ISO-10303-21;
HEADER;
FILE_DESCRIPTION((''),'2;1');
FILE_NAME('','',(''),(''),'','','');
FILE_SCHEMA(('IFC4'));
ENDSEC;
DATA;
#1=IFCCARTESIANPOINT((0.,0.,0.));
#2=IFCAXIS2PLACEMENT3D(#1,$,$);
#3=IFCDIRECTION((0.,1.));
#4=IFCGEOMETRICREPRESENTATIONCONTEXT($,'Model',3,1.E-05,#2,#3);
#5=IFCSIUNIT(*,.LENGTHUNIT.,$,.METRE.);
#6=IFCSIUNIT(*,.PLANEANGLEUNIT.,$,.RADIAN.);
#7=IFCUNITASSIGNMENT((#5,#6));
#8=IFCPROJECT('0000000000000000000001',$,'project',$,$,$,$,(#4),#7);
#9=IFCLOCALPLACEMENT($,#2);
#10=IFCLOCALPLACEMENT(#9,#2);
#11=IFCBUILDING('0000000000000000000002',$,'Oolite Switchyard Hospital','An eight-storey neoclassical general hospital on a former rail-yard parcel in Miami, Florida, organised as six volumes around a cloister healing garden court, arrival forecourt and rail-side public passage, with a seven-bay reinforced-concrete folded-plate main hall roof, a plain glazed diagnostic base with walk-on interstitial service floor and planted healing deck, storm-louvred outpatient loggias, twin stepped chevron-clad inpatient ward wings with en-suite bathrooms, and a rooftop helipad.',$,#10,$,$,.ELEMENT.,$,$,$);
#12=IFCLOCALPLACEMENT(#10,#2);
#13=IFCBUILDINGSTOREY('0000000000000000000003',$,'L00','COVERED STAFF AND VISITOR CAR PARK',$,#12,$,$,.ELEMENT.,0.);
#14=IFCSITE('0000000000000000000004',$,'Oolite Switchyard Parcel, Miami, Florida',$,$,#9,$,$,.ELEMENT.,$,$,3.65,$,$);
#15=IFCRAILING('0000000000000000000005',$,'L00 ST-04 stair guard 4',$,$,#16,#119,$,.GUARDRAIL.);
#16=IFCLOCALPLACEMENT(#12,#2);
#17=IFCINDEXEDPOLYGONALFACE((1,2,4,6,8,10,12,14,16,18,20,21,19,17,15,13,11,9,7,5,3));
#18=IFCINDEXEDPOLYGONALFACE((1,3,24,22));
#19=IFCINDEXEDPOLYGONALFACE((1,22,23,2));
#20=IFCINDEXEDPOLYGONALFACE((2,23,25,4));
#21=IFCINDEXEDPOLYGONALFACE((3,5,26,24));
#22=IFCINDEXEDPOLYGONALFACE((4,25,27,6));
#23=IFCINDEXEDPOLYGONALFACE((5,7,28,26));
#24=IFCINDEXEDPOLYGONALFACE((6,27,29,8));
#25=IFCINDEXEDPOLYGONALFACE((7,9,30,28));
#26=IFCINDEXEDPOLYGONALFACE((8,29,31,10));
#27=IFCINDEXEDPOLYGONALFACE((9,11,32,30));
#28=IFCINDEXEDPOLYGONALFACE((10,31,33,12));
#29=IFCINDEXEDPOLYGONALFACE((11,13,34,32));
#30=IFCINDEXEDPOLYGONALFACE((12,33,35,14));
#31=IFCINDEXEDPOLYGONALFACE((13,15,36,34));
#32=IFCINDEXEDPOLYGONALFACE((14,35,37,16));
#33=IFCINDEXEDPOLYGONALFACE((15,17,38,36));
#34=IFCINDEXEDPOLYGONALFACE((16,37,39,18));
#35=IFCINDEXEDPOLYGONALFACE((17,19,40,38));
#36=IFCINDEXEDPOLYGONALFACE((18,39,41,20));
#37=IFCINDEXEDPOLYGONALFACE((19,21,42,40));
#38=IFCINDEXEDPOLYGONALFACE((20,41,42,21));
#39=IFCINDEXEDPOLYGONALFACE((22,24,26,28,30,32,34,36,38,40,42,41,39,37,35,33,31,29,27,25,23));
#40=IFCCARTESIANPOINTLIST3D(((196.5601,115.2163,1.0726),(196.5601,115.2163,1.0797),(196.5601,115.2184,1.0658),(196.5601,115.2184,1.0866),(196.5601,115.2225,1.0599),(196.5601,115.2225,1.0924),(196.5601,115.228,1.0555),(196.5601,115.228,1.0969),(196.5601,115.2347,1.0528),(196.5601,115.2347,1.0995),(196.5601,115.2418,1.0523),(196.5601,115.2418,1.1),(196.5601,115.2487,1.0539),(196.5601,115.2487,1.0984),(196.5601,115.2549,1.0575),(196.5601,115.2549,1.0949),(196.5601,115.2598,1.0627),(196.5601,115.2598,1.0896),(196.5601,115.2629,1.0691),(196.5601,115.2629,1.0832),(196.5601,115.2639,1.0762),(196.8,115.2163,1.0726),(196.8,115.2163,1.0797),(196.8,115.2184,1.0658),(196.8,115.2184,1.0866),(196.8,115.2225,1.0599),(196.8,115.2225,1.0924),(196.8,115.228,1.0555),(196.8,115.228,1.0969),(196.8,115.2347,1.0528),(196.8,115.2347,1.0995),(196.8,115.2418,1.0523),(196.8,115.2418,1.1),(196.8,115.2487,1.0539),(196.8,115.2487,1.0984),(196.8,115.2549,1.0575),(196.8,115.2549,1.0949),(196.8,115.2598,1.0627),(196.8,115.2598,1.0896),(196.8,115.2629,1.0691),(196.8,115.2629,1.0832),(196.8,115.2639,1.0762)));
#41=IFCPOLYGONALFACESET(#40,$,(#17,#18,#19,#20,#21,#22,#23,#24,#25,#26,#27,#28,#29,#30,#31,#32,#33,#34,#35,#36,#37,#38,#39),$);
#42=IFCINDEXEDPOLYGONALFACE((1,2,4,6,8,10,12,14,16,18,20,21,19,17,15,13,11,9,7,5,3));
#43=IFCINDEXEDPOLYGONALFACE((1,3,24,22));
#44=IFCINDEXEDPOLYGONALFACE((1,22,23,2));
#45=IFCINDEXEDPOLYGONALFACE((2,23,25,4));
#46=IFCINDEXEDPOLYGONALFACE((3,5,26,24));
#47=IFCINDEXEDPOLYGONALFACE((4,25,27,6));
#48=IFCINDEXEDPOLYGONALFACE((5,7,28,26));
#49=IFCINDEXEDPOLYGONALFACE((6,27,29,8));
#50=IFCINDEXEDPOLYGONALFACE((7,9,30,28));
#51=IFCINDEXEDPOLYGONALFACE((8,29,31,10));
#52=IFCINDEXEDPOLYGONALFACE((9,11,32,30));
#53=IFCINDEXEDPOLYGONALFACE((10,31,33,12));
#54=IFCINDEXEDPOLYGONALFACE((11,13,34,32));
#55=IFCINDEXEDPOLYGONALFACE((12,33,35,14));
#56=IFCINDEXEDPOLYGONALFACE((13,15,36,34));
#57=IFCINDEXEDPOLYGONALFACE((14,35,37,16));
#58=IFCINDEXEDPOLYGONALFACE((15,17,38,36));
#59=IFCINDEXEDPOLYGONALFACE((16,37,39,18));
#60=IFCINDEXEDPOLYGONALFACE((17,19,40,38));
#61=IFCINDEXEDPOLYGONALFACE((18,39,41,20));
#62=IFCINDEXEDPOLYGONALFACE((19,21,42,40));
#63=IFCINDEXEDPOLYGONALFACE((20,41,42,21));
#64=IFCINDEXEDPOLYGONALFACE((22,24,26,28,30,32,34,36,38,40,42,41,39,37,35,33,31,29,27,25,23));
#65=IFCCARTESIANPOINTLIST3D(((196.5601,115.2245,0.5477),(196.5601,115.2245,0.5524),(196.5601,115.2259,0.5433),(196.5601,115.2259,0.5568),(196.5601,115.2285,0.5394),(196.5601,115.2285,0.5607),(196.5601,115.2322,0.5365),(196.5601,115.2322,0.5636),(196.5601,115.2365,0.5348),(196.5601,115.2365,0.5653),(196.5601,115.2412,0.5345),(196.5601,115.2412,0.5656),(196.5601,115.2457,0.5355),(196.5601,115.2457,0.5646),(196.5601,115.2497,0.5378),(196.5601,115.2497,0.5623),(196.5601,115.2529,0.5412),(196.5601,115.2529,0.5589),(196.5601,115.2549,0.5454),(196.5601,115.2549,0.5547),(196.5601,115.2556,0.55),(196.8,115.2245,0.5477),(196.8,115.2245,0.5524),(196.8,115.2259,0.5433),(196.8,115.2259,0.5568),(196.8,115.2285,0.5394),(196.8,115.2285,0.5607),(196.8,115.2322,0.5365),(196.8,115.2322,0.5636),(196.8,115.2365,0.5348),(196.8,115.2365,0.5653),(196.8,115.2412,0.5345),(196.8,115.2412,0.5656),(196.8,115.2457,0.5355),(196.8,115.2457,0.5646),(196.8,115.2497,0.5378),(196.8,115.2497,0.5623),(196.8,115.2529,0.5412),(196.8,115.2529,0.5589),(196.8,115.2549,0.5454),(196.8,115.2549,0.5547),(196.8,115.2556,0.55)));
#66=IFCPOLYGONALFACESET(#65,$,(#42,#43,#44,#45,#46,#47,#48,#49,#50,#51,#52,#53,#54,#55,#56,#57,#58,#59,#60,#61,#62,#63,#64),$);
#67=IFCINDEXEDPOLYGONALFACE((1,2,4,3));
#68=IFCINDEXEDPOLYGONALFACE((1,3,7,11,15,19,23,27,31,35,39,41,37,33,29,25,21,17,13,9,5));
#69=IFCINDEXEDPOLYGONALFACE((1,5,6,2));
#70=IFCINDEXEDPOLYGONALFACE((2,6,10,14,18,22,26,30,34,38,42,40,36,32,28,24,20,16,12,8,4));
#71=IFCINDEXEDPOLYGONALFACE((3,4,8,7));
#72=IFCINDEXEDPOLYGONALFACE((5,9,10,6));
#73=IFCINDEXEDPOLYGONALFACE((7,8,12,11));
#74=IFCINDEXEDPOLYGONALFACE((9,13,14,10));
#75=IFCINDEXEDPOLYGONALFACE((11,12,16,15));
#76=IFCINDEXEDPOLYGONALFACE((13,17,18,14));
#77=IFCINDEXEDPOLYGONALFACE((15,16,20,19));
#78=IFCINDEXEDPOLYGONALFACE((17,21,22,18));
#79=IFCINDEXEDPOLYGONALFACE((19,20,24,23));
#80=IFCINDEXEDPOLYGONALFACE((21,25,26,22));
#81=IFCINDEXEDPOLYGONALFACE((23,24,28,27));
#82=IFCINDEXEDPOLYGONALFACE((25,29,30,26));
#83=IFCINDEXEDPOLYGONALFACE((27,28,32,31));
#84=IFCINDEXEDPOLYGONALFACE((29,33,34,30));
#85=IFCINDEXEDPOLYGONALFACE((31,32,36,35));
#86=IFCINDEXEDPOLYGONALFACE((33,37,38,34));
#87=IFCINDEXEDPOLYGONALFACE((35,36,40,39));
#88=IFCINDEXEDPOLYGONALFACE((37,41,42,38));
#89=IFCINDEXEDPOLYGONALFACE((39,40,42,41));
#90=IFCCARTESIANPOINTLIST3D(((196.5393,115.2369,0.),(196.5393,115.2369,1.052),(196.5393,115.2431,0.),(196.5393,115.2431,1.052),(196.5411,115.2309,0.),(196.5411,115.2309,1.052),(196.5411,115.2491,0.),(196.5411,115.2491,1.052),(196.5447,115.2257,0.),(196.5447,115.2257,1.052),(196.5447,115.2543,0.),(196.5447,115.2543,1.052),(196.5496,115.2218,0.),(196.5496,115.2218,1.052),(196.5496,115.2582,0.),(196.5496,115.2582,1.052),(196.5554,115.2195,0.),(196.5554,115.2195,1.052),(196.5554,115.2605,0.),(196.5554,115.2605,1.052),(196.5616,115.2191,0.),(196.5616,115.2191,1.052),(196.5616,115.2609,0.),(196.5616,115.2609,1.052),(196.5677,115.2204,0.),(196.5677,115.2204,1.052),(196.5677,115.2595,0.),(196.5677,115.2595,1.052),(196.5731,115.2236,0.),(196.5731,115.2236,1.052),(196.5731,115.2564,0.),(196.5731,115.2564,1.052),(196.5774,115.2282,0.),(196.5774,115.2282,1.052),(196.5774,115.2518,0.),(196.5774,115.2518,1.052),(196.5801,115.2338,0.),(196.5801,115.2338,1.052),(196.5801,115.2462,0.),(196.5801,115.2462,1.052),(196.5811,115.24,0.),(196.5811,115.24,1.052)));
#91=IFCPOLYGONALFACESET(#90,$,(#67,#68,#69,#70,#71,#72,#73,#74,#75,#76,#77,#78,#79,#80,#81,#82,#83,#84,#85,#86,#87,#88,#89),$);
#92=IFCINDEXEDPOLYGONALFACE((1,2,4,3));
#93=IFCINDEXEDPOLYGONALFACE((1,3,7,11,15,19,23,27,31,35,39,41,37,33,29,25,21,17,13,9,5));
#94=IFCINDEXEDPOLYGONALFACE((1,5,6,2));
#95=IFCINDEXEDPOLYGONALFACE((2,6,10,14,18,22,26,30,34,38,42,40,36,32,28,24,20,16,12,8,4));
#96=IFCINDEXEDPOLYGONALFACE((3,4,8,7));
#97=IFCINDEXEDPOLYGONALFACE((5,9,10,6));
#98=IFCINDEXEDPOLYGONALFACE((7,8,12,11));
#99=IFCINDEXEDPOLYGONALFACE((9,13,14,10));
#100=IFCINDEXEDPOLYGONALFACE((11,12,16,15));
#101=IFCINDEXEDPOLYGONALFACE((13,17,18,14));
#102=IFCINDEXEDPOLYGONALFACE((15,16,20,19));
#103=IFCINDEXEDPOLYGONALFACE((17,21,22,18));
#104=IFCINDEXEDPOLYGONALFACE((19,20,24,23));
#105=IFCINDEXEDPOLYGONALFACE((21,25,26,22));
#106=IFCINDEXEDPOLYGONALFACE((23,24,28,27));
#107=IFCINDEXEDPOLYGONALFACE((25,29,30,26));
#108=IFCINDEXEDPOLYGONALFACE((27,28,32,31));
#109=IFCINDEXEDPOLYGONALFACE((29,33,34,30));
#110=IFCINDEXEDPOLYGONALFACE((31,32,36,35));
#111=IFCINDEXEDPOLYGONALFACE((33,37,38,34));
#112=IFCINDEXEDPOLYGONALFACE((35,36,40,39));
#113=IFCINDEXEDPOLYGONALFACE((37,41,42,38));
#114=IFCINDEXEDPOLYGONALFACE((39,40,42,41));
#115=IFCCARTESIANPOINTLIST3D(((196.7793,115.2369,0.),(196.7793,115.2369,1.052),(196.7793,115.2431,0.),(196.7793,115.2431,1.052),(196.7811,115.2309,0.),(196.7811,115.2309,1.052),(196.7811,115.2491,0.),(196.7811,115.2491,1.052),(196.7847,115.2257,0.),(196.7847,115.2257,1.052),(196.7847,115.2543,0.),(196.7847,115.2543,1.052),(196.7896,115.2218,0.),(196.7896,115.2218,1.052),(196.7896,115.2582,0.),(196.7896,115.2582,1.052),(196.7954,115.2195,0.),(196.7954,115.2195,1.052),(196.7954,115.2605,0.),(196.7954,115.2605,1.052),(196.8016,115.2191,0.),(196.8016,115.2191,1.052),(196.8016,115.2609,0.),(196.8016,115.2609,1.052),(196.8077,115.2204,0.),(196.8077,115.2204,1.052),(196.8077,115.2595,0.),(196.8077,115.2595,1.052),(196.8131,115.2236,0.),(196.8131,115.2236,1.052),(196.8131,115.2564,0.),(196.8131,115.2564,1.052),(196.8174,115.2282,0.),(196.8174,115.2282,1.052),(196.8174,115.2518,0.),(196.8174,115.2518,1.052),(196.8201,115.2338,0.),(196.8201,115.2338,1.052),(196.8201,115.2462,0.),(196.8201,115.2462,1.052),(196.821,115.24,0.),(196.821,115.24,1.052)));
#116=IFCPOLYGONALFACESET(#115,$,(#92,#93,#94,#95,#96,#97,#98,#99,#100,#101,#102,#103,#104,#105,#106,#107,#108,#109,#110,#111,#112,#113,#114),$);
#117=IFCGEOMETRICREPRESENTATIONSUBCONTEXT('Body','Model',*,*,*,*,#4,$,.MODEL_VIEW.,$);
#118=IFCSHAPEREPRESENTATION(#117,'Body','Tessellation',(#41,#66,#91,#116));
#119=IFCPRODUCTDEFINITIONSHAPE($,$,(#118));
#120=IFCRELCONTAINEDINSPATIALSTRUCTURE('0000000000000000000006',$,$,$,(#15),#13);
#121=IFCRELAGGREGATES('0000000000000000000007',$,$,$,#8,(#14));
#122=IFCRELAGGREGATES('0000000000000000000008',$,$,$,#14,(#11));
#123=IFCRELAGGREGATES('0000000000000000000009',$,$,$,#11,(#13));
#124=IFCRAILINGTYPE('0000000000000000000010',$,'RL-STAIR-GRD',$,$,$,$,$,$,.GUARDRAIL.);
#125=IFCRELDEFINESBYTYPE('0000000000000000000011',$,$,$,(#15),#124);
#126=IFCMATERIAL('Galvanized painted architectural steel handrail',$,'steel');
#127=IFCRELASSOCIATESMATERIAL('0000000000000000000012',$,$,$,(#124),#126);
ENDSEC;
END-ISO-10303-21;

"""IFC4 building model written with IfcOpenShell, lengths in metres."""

from ifc_helpers import new_model, si_unit, direction, frame, origin, origin_2d, place, context, subcontext, project, spatial, circle, extrude, material, type_object, element, save


model = new_model("IFC4")

# Units and contexts
model_context = context("Model", 3, precision=1e-05, world=origin(), true_north=direction((0.0, 1.0)))
body_context = subcontext(model_context, "Body", "Model", "MODEL_VIEW")
ifc_project = project(units=[si_unit("LENGTHUNIT", "METRE"), si_unit("PLANEANGLEUNIT", "RADIAN")], contexts=[model_context])

# Site, building, storey
site_placement = place(None, origin())
site = spatial("IfcSite", under=ifc_project, at=site_placement, Name="Oolite Switchyard Parcel, Miami, Florida", CompositionType="ELEMENT", RefElevation=3.65)
building_placement = place(site_placement, origin())
building = spatial("IfcBuilding", under=site, at=building_placement, Name="Oolite Switchyard Hospital", Description="An eight-storey neoclassical general hospital on a former rail-yard parcel in Miami, Florida, organised as six volumes around a cloister healing garden court, arrival forecourt and rail-side public passage, with a seven-bay reinforced-concrete folded-plate main hall roof, a plain glazed diagnostic base with walk-on interstitial service floor and planted healing deck, storm-louvred outpatient loggias, twin stepped chevron-clad inpatient ward wings with en-suite bathrooms, and a rooftop helipad.", CompositionType="ELEMENT")
storey_placement = place(building_placement, origin())
storey = spatial("IfcBuildingStorey", under=building, at=storey_placement, Name="L00", Description="COVERED STAFF AND VISITOR CAR PARK", CompositionType="ELEMENT", Elevation=0.0)

# Railing
ifc_material_1 = material(Name="Galvanized painted architectural steel handrail", Category="steel")
railing_type_1 = type_object("IfcRailingType", Name="RL-STAIR-GRD", PredefinedType="GUARDRAIL", material=ifc_material_1)
railing_1_placement = place(storey_placement, frame((196.5601, 115.24, 0.0)))
element("IfcRailing", 1, at=railing_1_placement, inside=storey, type_object=railing_type_1, Name="L00 ST-04 stair guard 4", PredefinedType="GUARDRAIL", context=body_context, shape_type="SweptSolid", body=[
    extrude(circle(Radius=0.0239, at=origin_2d()), frame((0.0, 0.0, 1.0762), z_axis=(1.0, 0.0, 0.0), x_axis=(0.0, 1.0, 0.0)), (0.0, 0.0, 1.0), 0.24),
    extrude(circle(Radius=0.0156, at=origin_2d()), frame((0.0, 0.0, 0.55), z_axis=(1.0, 0.0, 0.0), x_axis=(0.0, 1.0, 0.0)), (0.0, 0.0, 1.0), 0.24),
    extrude(circle(Radius=0.021, at=origin_2d()), origin(), (0.0, 0.0, 1.0), 1.052),
    extrude(circle(Radius=0.021, at=origin_2d()), frame((0.24, 0.0, 0.0)), (0.0, 0.0, 1.0), 1.052),
])

save(model, "model.ifc")
